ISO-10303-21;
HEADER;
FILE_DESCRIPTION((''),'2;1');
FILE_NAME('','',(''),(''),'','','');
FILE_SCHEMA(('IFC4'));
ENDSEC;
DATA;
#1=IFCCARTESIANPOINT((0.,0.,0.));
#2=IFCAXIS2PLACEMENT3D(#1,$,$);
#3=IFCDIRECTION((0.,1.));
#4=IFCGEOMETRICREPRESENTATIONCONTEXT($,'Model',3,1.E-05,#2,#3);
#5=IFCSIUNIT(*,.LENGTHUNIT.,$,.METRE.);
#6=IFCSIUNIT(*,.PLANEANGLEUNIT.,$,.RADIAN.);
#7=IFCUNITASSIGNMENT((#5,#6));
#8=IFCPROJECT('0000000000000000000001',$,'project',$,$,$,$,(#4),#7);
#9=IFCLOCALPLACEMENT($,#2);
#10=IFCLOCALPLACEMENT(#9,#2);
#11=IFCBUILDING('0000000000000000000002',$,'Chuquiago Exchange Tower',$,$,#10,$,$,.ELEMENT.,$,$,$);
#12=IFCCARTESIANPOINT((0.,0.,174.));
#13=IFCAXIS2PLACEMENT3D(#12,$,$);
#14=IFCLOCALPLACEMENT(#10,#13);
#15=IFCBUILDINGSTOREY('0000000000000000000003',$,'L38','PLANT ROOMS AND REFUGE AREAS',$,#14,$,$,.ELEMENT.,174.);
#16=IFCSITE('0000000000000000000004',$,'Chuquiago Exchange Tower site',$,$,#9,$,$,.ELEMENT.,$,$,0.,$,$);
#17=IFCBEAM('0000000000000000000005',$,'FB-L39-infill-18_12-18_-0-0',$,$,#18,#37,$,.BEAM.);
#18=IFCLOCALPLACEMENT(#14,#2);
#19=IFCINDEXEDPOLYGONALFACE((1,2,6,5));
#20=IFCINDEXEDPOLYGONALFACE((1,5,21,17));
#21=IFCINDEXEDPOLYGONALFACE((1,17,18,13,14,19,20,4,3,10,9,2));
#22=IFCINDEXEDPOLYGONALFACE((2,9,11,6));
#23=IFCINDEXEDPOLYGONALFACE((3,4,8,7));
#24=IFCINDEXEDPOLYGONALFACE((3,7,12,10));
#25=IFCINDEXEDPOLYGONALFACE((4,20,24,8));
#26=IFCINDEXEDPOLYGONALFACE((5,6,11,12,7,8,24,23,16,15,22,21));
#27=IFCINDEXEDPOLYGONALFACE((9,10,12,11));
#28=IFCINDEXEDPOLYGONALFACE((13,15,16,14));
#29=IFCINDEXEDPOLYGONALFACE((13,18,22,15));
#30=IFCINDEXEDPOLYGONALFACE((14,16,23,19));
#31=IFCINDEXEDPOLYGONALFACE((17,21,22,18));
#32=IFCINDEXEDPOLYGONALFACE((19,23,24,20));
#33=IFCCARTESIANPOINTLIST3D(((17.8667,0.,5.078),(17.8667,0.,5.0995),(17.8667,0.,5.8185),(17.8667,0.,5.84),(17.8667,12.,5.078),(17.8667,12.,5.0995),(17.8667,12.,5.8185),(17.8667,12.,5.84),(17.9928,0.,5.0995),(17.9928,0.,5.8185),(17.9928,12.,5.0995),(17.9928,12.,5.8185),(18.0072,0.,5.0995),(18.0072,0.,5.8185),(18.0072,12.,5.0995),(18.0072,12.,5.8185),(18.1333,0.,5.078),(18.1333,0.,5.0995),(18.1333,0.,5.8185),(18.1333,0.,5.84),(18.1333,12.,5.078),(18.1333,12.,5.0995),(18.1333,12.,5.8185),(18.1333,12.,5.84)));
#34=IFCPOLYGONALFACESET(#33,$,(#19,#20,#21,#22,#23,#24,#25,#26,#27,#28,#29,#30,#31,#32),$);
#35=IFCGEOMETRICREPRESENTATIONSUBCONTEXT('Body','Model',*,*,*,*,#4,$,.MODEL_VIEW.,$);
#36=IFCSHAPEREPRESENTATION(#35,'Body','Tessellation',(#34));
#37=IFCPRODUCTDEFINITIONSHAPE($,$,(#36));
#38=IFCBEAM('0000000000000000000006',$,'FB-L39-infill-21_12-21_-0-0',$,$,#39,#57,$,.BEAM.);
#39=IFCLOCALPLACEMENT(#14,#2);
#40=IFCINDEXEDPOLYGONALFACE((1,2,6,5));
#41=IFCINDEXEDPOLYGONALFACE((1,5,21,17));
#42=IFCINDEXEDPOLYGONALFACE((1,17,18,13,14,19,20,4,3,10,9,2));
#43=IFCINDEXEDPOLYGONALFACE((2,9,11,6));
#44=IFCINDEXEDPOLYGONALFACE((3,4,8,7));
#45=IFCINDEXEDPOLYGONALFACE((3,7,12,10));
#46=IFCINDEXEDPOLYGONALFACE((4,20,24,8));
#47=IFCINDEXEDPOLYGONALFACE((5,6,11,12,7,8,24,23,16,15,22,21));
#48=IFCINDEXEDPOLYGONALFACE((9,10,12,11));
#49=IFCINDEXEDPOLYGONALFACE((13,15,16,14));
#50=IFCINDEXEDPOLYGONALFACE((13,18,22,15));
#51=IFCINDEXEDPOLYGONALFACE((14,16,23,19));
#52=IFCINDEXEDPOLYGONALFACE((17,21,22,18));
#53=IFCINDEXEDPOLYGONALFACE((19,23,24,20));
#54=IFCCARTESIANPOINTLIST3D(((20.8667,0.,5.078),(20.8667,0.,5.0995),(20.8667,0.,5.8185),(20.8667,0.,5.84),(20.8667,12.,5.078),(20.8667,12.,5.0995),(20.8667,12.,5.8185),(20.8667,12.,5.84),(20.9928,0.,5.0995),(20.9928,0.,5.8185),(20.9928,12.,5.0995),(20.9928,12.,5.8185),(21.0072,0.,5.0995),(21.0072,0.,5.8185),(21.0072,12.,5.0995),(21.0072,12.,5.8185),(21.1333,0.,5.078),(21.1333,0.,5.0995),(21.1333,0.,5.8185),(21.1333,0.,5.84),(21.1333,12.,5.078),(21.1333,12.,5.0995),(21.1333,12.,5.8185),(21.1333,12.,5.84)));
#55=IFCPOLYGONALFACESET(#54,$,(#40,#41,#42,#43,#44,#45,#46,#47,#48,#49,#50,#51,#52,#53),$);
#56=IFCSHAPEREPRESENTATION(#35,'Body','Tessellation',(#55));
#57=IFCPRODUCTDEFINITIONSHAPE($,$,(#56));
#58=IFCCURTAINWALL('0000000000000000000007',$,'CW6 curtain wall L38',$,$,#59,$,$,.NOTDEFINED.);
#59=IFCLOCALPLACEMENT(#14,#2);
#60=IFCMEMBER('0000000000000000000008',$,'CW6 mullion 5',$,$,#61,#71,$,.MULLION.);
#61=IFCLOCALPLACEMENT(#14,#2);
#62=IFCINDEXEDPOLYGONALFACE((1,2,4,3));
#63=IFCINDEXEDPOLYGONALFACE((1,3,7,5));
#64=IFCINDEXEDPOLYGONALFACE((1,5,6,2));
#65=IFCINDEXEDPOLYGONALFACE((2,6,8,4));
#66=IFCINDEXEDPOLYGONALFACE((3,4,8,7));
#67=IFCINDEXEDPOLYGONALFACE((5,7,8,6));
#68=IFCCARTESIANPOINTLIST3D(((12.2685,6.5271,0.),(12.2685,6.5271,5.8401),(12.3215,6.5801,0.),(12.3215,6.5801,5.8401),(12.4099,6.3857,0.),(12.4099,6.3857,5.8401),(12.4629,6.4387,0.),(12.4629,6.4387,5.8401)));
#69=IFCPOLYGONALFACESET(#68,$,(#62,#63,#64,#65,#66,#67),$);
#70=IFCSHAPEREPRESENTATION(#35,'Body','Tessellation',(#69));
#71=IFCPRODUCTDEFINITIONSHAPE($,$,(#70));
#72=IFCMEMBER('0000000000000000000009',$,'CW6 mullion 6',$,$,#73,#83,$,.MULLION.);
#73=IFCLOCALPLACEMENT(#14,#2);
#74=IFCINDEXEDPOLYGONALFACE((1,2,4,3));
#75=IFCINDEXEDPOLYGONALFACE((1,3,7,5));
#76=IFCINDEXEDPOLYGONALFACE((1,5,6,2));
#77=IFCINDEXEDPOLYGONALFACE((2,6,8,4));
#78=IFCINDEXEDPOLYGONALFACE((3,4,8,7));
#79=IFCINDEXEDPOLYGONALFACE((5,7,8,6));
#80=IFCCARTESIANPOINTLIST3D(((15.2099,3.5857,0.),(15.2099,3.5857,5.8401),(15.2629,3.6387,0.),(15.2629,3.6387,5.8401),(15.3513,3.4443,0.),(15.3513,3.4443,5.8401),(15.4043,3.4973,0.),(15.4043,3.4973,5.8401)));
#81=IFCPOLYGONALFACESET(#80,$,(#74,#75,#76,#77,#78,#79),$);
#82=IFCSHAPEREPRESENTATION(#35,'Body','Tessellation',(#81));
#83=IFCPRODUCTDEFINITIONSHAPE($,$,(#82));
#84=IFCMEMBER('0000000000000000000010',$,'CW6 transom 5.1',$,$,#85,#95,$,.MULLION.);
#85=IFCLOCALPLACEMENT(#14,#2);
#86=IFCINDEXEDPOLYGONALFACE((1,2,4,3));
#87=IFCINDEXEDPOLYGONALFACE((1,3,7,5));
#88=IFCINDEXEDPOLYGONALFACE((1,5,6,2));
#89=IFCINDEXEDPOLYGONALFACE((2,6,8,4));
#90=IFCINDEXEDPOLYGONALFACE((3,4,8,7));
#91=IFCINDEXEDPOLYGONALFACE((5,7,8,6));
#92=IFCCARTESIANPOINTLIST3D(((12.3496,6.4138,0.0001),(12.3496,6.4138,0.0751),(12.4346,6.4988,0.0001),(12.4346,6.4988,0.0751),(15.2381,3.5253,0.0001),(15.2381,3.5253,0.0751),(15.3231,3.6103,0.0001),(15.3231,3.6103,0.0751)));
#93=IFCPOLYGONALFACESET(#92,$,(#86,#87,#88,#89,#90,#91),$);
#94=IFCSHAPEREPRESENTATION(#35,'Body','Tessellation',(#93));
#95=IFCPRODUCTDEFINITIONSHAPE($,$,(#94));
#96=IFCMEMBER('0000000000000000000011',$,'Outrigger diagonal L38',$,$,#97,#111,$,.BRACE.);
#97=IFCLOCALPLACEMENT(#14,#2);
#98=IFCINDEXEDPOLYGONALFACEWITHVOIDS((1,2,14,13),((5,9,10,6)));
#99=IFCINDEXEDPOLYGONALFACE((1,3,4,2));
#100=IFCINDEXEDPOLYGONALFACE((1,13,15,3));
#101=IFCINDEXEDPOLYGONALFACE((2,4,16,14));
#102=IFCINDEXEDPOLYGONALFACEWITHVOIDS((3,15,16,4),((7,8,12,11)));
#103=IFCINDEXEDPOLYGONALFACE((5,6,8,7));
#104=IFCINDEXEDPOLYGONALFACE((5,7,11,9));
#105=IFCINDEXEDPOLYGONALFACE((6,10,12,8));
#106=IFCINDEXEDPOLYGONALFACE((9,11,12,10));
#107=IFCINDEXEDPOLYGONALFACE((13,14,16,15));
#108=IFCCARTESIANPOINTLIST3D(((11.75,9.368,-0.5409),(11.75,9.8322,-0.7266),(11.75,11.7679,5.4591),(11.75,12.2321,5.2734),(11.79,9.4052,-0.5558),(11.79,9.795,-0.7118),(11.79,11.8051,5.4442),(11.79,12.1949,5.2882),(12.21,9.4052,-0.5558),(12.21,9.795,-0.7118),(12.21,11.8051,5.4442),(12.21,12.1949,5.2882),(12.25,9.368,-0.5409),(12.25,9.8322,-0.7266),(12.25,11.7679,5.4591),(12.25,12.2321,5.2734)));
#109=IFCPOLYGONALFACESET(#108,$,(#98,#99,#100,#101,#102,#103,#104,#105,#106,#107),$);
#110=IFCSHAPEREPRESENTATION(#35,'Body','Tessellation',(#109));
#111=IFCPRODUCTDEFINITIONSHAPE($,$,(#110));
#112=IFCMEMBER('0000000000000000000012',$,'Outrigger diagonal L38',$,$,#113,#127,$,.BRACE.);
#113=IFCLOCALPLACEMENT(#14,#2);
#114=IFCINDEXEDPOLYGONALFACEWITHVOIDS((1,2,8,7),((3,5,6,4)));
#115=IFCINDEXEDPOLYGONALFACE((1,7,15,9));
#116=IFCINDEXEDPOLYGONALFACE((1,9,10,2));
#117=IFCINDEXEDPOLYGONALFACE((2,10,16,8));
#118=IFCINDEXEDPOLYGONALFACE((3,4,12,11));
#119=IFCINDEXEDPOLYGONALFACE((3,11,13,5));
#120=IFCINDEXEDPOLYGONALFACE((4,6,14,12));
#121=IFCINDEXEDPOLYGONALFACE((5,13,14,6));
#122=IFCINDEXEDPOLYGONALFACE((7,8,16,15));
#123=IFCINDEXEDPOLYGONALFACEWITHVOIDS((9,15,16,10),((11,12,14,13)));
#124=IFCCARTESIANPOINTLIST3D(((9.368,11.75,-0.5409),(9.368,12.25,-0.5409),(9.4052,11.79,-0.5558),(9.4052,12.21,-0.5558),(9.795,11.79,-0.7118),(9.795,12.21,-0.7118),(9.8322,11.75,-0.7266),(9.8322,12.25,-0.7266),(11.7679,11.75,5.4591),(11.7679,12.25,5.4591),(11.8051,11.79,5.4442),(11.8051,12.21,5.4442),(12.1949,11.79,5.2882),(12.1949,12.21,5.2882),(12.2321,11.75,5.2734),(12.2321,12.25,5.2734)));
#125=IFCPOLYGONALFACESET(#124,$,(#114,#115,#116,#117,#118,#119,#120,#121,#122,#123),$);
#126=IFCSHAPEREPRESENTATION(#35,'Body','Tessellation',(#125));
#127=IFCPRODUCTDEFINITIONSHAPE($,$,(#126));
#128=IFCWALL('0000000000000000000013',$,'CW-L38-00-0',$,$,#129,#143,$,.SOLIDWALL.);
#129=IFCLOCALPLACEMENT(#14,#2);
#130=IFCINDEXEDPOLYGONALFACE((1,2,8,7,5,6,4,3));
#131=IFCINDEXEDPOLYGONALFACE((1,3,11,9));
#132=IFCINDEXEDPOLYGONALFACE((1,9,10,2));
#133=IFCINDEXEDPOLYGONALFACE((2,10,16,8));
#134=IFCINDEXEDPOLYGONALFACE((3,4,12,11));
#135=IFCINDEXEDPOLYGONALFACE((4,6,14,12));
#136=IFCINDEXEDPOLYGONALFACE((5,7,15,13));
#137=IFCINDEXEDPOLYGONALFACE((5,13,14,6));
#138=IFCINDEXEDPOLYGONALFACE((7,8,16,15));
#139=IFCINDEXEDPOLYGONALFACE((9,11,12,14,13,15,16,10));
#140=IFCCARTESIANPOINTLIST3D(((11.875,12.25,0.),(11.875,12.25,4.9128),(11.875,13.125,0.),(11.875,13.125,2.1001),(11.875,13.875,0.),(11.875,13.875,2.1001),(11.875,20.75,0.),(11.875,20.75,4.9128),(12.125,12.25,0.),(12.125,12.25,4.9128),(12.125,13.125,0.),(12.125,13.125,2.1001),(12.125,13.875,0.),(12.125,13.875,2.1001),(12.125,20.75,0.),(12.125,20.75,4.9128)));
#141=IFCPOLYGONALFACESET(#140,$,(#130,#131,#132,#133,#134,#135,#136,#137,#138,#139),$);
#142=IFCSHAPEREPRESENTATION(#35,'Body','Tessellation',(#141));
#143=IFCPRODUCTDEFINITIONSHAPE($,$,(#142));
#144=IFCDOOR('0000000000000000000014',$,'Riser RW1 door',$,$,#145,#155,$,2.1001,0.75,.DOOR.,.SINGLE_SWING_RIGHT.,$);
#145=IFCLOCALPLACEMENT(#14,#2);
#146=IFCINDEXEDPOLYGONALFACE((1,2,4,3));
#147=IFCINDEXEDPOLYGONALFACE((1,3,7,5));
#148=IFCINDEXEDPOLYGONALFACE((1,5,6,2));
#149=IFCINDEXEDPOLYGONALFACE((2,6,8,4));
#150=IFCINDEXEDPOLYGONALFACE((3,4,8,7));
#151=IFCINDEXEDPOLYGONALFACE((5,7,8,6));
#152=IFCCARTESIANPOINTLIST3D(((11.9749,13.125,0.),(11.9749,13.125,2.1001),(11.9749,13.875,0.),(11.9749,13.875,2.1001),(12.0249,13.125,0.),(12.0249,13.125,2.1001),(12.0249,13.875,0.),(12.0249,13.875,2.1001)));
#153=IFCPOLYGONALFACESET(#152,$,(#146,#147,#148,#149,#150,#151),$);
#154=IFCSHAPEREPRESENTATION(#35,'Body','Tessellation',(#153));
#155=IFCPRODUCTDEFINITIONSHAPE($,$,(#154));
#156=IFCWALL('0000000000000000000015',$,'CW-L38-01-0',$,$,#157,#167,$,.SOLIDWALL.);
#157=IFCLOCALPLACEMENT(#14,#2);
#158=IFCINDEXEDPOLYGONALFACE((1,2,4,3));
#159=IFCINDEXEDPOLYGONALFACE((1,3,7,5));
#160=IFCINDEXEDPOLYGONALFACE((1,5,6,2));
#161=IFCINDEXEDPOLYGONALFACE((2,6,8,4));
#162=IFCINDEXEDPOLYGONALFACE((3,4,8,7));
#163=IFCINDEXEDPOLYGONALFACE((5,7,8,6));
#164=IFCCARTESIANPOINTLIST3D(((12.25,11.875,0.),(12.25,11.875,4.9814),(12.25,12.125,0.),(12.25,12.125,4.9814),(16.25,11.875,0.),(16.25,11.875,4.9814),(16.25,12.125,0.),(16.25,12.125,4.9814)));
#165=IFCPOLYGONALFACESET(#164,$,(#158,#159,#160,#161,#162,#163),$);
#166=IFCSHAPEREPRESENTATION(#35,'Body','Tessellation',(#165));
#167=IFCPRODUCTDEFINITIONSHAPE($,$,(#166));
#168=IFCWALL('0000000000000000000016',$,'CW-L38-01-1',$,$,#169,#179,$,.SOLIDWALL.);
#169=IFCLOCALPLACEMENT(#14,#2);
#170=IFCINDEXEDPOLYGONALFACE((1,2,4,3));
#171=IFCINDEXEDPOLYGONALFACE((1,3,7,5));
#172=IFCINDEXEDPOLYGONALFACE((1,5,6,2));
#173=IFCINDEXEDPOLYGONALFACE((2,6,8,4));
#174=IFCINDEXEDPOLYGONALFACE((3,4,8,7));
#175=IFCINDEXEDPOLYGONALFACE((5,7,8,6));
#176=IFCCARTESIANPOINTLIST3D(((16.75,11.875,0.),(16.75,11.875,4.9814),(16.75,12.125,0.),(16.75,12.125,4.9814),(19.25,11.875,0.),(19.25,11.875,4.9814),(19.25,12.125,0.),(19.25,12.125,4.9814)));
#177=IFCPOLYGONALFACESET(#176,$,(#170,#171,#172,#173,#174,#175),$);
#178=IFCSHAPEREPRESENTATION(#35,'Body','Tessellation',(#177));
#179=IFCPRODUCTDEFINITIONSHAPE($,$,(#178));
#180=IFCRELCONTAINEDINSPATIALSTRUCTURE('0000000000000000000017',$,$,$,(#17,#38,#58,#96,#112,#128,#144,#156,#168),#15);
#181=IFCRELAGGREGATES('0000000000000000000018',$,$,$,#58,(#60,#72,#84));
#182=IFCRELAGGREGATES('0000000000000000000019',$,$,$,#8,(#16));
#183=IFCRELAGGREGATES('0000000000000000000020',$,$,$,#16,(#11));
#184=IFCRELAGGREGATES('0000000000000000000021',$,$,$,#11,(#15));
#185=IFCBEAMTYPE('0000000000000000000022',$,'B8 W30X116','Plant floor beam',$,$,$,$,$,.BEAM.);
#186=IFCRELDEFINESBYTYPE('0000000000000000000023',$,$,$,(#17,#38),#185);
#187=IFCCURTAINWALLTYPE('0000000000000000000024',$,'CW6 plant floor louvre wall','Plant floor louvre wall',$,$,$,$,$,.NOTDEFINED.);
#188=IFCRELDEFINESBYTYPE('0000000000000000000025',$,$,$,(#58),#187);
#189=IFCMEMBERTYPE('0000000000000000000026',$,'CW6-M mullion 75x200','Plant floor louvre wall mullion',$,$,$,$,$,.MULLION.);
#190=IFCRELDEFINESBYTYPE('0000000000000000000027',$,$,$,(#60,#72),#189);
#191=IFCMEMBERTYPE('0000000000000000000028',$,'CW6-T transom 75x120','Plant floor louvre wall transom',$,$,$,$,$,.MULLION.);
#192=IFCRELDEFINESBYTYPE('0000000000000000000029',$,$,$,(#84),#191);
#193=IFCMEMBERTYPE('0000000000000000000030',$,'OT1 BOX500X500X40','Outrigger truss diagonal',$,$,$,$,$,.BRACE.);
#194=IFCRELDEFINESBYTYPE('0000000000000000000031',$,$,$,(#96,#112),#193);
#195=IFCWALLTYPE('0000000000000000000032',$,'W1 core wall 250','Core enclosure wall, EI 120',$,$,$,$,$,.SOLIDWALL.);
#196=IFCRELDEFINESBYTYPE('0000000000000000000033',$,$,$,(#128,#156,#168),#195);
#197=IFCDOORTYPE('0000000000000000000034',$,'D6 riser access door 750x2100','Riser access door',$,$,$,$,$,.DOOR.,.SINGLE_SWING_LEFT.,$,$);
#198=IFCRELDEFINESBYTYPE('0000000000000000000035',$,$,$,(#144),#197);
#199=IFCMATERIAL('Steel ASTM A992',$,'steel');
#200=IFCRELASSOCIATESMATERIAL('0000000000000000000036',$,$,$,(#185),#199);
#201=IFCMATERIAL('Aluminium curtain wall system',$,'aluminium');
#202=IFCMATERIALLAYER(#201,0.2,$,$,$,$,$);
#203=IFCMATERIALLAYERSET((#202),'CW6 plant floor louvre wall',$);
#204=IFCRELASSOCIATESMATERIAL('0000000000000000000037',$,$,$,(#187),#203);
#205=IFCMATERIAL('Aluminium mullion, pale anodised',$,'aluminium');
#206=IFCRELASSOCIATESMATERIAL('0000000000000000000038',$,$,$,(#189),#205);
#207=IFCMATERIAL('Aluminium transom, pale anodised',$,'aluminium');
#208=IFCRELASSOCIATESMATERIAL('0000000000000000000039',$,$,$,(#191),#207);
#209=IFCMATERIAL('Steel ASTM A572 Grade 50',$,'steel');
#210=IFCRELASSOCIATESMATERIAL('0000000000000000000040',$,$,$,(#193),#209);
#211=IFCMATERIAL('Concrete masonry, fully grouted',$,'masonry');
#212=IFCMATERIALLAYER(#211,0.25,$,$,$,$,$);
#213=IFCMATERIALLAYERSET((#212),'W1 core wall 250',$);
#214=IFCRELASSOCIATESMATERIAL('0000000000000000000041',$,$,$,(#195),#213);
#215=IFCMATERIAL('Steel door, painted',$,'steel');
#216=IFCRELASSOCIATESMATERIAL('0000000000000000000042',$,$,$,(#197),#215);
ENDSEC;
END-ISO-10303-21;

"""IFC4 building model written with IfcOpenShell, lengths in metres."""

from ifc_helpers import new_model, si_unit, direction, frame, frame_2d, origin, origin_2d, place, context, subcontext, project, spatial, rectangle, hollow_rectangle, i_section, extrude, material, layer, layer_set, material_profile, profile_set, type_object, element, fill, aggregate, save


model = new_model("IFC4")

# Units and contexts
model_context = context("Model", 3, precision=1e-05, world=origin(), true_north=direction((0.0, 1.0)))
body_context = subcontext(model_context, "Body", "Model", "MODEL_VIEW")
ifc_project = project(units=[si_unit("LENGTHUNIT", "METRE"), si_unit("PLANEANGLEUNIT", "RADIAN")], contexts=[model_context])

# Site, building, storey
site_placement = place(None, origin())
site = spatial("IfcSite", under=ifc_project, at=site_placement, Name="Chuquiago Exchange Tower site", CompositionType="ELEMENT", RefElevation=0.0)
building_placement = place(site_placement, origin())
building = spatial("IfcBuilding", under=site, at=building_placement, Name="Chuquiago Exchange Tower", CompositionType="ELEMENT")
storey_placement = place(building_placement, frame((0.0, 0.0, 174.0)))
storey = spatial("IfcBuildingStorey", under=building, at=storey_placement, Name="L38", Description="PLANT ROOMS AND REFUGE AREAS", CompositionType="ELEMENT", Elevation=174.0)

# Beams
ifc_material_1 = material(Name="Steel ASTM A992", Category="steel")
ifc_material_profile_1 = material_profile(ifc_material_1, i_section(OverallWidth=0.2666, OverallDepth=0.762, WebThickness=0.0144, FlangeThickness=0.0215, at=origin_2d()), Name="W30X116")
ifc_profile_set_1 = profile_set([ifc_material_profile_1], Name="Steel ASTM A992")
beam_type_1 = type_object("IfcBeamType", Name="B8 W30X116", Description="Plant floor beam", PredefinedType="BEAM", material=ifc_profile_set_1)
for number, where, z_axis, x_axis, name in (
    (1, (18.0, 12.0, 5.459), (0.0, -1.0, 0.0), (1.0, 0.0, 0.0), "FB-L39-infill-18_12-18_-0-0"),
    (2, (21.0, 12.0, 5.459), (0.0, -1.0, 0.0), (1.0, 0.0, 0.0), "FB-L39-infill-21_12-21_-0-0"),
):
    element("IfcBeam", number, at=place(storey_placement, frame(where, z_axis=z_axis, x_axis=x_axis)), inside=storey, type_object=beam_type_1, Name=name, PredefinedType="BEAM", context=body_context, shape_type="SweptSolid", body=[
        extrude(i_section(OverallWidth=0.2666, OverallDepth=0.762, WebThickness=0.0144, FlangeThickness=0.0215, at=origin_2d()), origin(), (0.0, 0.0, 1.0), 12.0),
    ])

# Curtain wall, members
ifc_material_2 = material(Name="Aluminium curtain wall system", Category="aluminium")
ifc_layer_1 = layer(ifc_material_2, 0.2)
ifc_layer_set_1 = layer_set([ifc_layer_1], Name="CW6 plant floor louvre wall")
curtain_wall_type = type_object("IfcCurtainWallType", Name="CW6 plant floor louvre wall", Description="Plant floor louvre wall", PredefinedType="NOTDEFINED", material=ifc_layer_set_1)
curtain_wall_placement = place(storey_placement, origin())
curtain_wall = element("IfcCurtainWall", 3, at=curtain_wall_placement, inside=storey, type_object=curtain_wall_type, Name="CW6 curtain wall L38", PredefinedType="NOTDEFINED")
ifc_material_3 = material(Name="Aluminium mullion, pale anodised", Category="aluminium")
ifc_material_profile_2 = material_profile(ifc_material_3, rectangle(XDim=0.075, YDim=0.2, at=origin_2d()), Name="AL 75x200")
ifc_profile_set_2 = profile_set([ifc_material_profile_2], Name="Aluminium mullion, pale anodised")
member_type_1 = type_object("IfcMemberType", Name="CW6-M mullion 75x200", Description="Plant floor louvre wall mullion", PredefinedType="MULLION", material=ifc_profile_set_2)
member_1_placement = place(storey_placement, frame((12.3657, 6.4829, 0.0), z_axis=(0.0, 0.0, 1.0), x_axis=(0.707107, 0.707107, 0.0)))
member_1 = element("IfcMember", 4, at=member_1_placement, type_object=member_type_1, Name="CW6 mullion 5", PredefinedType="MULLION", context=body_context, shape_type="SweptSolid", body=[
    extrude(rectangle(XDim=0.075, YDim=0.2, at=origin_2d()), origin(), (0.0, 0.0, 1.0), 5.8401),
])
member_2_placement = place(storey_placement, frame((15.3071, 3.5415, 0.0), z_axis=(0.0, 0.0, 1.0), x_axis=(0.707107, 0.707107, 0.0)))
member_2 = element("IfcMember", 5, at=member_2_placement, type_object=member_type_1, Name="CW6 mullion 6", PredefinedType="MULLION", context=body_context, shape_type="SweptSolid", body=[
    extrude(rectangle(XDim=0.075, YDim=0.2, at=origin_2d()), origin(), (0.0, 0.0, 1.0), 5.8401),
])
ifc_material_4 = material(Name="Aluminium transom, pale anodised", Category="aluminium")
ifc_material_profile_3 = material_profile(ifc_material_4, rectangle(XDim=0.1201, YDim=0.075, at=origin_2d()), Name="AL 120x75")
ifc_profile_set_3 = profile_set([ifc_material_profile_3], Name="Aluminium transom, pale anodised")
member_type_2 = type_object("IfcMemberType", Name="CW6-T transom 75x120", Description="Plant floor louvre wall transom", PredefinedType="MULLION", material=ifc_profile_set_3)
member_3_placement = place(storey_placement, frame((12.3921, 6.4563, 0.0376), z_axis=(0.707107, -0.707107, 0.0), x_axis=(0.707107, 0.707107, 0.0)))
member_3 = element("IfcMember", 6, at=member_3_placement, type_object=member_type_2, Name="CW6 transom 5.1", PredefinedType="MULLION", context=body_context, shape_type="SweptSolid", body=[
    extrude(rectangle(XDim=0.1201, YDim=0.075, at=origin_2d()), origin(), (0.0, 0.0, 1.0), 4.085),
])

# Members
ifc_material_5 = material(Name="Steel ASTM A572 Grade 50", Category="steel")
ifc_material_profile_4 = material_profile(ifc_material_5, hollow_rectangle(XDim=0.5, YDim=0.5, WallThickness=0.04, at=origin_2d()), Name="BOX500X500X40")
ifc_profile_set_4 = profile_set([ifc_material_profile_4], Name="Steel ASTM A572 Grade 50")
member_type_3 = type_object("IfcMemberType", Name="OT1 BOX500X500X40", Description="Outrigger truss diagonal", PredefinedType="BRACE", material=ifc_profile_set_4)
for number, where, z_axis, x_axis, name in (
    (7, (12.0, 12.0, 5.3662), (0.0, -0.371378, -0.928482), (1.0, 0.0, 0.0), "Outrigger diagonal L38"),
    (8, (12.0, 12.0, 5.3662), (-0.371378, 0.0, -0.928482), (0.0, -1.0, 0.0), "Outrigger diagonal L38"),
):
    element("IfcMember", number, at=place(storey_placement, frame(where, z_axis=z_axis, x_axis=x_axis)), inside=storey, type_object=member_type_3, Name=name, PredefinedType="BRACE", context=body_context, shape_type="SweptSolid", body=[
        extrude(hollow_rectangle(XDim=0.5, YDim=0.5, WallThickness=0.04, at=origin_2d()), origin(), (0.0, 0.0, 1.0), 6.4622),
    ])

# Wall, opening, door
ifc_material_6 = material(Name="Concrete masonry, fully grouted", Category="masonry")
ifc_layer_2 = layer(ifc_material_6, 0.25)
ifc_layer_set_2 = layer_set([ifc_layer_2], Name="W1 core wall 250")
wall_type_1 = type_object("IfcWallType", Name="W1 core wall 250", Description="Core enclosure wall, EI 120", PredefinedType="SOLIDWALL", material=ifc_layer_set_2)
wall_1_placement = place(storey_placement, frame((12.0, 12.25, 0.0), z_axis=(0.0, 0.0, 1.0), x_axis=(0.0, 1.0, 0.0)))
wall_1 = element("IfcWall", 9, at=wall_1_placement, inside=storey, type_object=wall_type_1, Name="CW-L38-00-0", PredefinedType="SOLIDWALL", context=body_context, shape_type="SweptSolid", body=[
    extrude(rectangle(XDim=8.5, YDim=0.25, at=frame_2d((4.25, 0.0))), origin(), (0.0, 0.0, 1.0), 4.9128),
])
opening_1_placement = place(wall_1_placement, frame((0.875, 0.0, 0.0)))
opening_1 = element("IfcOpeningElement", 10, at=opening_1_placement, cuts=wall_1, PredefinedType="OPENING", context=body_context, shape_type="SweptSolid", body=[
    extrude(rectangle(XDim=0.75, YDim=2.1001, at=frame_2d((0.375, 1.05))), frame((0.0, 0.135, 0.0), z_axis=(0.0, -1.0, 0.0), x_axis=(1.0, 0.0, 0.0)), (0.0, 0.0, 1.0), 0.27),
])
ifc_material_7 = material(Name="Steel door, painted", Category="steel")
door_type_1 = type_object("IfcDoorType", Name="D6 riser access door 750x2100", Description="Riser access door", OperationType="SINGLE_SWING_LEFT", PredefinedType="DOOR", material=ifc_material_7)
door_1_placement = place(opening_1_placement, frame((0.75, 0.0, 0.0), z_axis=(0.0, 0.0, 1.0), x_axis=(-1.0, 0.0, 0.0)))
door_1 = element("IfcDoor", 11, at=door_1_placement, inside=storey, type_object=door_type_1, Name="Riser RW1 door", OperationType="SINGLE_SWING_RIGHT", OverallHeight=2.1001, OverallWidth=0.75, PredefinedType="DOOR", context=body_context, shape_type="SweptSolid", body=[
    extrude(rectangle(XDim=0.75, YDim=2.1001, at=frame_2d((0.375, 1.05))), frame((0.0, 0.0249, 0.0), z_axis=(0.0, -1.0, 0.0), x_axis=(1.0, 0.0, 0.0)), (0.0, 0.0, 1.0), 0.05),
])
fill(opening_1, door_1)

# Walls
wall_2_placement = place(storey_placement, frame((12.25, 12.0, 0.0), z_axis=(0.0, 0.0, 1.0), x_axis=(1.0, 0.0, 0.0)))
element("IfcWall", 12, at=wall_2_placement, inside=storey, type_object=wall_type_1, Name="CW-L38-01-0", PredefinedType="SOLIDWALL", context=body_context, shape_type="SweptSolid", body=[
    extrude(rectangle(XDim=4.0, YDim=0.25, at=frame_2d((2.0, 0.0))), origin(), (0.0, 0.0, 1.0), 4.9814),
])
wall_3_placement = place(storey_placement, frame((16.75, 12.0, 0.0), z_axis=(0.0, 0.0, 1.0), x_axis=(1.0, 0.0, 0.0)))
element("IfcWall", 13, at=wall_3_placement, inside=storey, type_object=wall_type_1, Name="CW-L38-01-1", PredefinedType="SOLIDWALL", context=body_context, shape_type="SweptSolid", body=[
    extrude(rectangle(XDim=2.5, YDim=0.25, at=frame_2d((1.25, 0.0))), origin(), (0.0, 0.0, 1.0), 4.9814),
])

aggregate(curtain_wall, [member_1, member_2, member_3])

save(model, "model.ifc")
